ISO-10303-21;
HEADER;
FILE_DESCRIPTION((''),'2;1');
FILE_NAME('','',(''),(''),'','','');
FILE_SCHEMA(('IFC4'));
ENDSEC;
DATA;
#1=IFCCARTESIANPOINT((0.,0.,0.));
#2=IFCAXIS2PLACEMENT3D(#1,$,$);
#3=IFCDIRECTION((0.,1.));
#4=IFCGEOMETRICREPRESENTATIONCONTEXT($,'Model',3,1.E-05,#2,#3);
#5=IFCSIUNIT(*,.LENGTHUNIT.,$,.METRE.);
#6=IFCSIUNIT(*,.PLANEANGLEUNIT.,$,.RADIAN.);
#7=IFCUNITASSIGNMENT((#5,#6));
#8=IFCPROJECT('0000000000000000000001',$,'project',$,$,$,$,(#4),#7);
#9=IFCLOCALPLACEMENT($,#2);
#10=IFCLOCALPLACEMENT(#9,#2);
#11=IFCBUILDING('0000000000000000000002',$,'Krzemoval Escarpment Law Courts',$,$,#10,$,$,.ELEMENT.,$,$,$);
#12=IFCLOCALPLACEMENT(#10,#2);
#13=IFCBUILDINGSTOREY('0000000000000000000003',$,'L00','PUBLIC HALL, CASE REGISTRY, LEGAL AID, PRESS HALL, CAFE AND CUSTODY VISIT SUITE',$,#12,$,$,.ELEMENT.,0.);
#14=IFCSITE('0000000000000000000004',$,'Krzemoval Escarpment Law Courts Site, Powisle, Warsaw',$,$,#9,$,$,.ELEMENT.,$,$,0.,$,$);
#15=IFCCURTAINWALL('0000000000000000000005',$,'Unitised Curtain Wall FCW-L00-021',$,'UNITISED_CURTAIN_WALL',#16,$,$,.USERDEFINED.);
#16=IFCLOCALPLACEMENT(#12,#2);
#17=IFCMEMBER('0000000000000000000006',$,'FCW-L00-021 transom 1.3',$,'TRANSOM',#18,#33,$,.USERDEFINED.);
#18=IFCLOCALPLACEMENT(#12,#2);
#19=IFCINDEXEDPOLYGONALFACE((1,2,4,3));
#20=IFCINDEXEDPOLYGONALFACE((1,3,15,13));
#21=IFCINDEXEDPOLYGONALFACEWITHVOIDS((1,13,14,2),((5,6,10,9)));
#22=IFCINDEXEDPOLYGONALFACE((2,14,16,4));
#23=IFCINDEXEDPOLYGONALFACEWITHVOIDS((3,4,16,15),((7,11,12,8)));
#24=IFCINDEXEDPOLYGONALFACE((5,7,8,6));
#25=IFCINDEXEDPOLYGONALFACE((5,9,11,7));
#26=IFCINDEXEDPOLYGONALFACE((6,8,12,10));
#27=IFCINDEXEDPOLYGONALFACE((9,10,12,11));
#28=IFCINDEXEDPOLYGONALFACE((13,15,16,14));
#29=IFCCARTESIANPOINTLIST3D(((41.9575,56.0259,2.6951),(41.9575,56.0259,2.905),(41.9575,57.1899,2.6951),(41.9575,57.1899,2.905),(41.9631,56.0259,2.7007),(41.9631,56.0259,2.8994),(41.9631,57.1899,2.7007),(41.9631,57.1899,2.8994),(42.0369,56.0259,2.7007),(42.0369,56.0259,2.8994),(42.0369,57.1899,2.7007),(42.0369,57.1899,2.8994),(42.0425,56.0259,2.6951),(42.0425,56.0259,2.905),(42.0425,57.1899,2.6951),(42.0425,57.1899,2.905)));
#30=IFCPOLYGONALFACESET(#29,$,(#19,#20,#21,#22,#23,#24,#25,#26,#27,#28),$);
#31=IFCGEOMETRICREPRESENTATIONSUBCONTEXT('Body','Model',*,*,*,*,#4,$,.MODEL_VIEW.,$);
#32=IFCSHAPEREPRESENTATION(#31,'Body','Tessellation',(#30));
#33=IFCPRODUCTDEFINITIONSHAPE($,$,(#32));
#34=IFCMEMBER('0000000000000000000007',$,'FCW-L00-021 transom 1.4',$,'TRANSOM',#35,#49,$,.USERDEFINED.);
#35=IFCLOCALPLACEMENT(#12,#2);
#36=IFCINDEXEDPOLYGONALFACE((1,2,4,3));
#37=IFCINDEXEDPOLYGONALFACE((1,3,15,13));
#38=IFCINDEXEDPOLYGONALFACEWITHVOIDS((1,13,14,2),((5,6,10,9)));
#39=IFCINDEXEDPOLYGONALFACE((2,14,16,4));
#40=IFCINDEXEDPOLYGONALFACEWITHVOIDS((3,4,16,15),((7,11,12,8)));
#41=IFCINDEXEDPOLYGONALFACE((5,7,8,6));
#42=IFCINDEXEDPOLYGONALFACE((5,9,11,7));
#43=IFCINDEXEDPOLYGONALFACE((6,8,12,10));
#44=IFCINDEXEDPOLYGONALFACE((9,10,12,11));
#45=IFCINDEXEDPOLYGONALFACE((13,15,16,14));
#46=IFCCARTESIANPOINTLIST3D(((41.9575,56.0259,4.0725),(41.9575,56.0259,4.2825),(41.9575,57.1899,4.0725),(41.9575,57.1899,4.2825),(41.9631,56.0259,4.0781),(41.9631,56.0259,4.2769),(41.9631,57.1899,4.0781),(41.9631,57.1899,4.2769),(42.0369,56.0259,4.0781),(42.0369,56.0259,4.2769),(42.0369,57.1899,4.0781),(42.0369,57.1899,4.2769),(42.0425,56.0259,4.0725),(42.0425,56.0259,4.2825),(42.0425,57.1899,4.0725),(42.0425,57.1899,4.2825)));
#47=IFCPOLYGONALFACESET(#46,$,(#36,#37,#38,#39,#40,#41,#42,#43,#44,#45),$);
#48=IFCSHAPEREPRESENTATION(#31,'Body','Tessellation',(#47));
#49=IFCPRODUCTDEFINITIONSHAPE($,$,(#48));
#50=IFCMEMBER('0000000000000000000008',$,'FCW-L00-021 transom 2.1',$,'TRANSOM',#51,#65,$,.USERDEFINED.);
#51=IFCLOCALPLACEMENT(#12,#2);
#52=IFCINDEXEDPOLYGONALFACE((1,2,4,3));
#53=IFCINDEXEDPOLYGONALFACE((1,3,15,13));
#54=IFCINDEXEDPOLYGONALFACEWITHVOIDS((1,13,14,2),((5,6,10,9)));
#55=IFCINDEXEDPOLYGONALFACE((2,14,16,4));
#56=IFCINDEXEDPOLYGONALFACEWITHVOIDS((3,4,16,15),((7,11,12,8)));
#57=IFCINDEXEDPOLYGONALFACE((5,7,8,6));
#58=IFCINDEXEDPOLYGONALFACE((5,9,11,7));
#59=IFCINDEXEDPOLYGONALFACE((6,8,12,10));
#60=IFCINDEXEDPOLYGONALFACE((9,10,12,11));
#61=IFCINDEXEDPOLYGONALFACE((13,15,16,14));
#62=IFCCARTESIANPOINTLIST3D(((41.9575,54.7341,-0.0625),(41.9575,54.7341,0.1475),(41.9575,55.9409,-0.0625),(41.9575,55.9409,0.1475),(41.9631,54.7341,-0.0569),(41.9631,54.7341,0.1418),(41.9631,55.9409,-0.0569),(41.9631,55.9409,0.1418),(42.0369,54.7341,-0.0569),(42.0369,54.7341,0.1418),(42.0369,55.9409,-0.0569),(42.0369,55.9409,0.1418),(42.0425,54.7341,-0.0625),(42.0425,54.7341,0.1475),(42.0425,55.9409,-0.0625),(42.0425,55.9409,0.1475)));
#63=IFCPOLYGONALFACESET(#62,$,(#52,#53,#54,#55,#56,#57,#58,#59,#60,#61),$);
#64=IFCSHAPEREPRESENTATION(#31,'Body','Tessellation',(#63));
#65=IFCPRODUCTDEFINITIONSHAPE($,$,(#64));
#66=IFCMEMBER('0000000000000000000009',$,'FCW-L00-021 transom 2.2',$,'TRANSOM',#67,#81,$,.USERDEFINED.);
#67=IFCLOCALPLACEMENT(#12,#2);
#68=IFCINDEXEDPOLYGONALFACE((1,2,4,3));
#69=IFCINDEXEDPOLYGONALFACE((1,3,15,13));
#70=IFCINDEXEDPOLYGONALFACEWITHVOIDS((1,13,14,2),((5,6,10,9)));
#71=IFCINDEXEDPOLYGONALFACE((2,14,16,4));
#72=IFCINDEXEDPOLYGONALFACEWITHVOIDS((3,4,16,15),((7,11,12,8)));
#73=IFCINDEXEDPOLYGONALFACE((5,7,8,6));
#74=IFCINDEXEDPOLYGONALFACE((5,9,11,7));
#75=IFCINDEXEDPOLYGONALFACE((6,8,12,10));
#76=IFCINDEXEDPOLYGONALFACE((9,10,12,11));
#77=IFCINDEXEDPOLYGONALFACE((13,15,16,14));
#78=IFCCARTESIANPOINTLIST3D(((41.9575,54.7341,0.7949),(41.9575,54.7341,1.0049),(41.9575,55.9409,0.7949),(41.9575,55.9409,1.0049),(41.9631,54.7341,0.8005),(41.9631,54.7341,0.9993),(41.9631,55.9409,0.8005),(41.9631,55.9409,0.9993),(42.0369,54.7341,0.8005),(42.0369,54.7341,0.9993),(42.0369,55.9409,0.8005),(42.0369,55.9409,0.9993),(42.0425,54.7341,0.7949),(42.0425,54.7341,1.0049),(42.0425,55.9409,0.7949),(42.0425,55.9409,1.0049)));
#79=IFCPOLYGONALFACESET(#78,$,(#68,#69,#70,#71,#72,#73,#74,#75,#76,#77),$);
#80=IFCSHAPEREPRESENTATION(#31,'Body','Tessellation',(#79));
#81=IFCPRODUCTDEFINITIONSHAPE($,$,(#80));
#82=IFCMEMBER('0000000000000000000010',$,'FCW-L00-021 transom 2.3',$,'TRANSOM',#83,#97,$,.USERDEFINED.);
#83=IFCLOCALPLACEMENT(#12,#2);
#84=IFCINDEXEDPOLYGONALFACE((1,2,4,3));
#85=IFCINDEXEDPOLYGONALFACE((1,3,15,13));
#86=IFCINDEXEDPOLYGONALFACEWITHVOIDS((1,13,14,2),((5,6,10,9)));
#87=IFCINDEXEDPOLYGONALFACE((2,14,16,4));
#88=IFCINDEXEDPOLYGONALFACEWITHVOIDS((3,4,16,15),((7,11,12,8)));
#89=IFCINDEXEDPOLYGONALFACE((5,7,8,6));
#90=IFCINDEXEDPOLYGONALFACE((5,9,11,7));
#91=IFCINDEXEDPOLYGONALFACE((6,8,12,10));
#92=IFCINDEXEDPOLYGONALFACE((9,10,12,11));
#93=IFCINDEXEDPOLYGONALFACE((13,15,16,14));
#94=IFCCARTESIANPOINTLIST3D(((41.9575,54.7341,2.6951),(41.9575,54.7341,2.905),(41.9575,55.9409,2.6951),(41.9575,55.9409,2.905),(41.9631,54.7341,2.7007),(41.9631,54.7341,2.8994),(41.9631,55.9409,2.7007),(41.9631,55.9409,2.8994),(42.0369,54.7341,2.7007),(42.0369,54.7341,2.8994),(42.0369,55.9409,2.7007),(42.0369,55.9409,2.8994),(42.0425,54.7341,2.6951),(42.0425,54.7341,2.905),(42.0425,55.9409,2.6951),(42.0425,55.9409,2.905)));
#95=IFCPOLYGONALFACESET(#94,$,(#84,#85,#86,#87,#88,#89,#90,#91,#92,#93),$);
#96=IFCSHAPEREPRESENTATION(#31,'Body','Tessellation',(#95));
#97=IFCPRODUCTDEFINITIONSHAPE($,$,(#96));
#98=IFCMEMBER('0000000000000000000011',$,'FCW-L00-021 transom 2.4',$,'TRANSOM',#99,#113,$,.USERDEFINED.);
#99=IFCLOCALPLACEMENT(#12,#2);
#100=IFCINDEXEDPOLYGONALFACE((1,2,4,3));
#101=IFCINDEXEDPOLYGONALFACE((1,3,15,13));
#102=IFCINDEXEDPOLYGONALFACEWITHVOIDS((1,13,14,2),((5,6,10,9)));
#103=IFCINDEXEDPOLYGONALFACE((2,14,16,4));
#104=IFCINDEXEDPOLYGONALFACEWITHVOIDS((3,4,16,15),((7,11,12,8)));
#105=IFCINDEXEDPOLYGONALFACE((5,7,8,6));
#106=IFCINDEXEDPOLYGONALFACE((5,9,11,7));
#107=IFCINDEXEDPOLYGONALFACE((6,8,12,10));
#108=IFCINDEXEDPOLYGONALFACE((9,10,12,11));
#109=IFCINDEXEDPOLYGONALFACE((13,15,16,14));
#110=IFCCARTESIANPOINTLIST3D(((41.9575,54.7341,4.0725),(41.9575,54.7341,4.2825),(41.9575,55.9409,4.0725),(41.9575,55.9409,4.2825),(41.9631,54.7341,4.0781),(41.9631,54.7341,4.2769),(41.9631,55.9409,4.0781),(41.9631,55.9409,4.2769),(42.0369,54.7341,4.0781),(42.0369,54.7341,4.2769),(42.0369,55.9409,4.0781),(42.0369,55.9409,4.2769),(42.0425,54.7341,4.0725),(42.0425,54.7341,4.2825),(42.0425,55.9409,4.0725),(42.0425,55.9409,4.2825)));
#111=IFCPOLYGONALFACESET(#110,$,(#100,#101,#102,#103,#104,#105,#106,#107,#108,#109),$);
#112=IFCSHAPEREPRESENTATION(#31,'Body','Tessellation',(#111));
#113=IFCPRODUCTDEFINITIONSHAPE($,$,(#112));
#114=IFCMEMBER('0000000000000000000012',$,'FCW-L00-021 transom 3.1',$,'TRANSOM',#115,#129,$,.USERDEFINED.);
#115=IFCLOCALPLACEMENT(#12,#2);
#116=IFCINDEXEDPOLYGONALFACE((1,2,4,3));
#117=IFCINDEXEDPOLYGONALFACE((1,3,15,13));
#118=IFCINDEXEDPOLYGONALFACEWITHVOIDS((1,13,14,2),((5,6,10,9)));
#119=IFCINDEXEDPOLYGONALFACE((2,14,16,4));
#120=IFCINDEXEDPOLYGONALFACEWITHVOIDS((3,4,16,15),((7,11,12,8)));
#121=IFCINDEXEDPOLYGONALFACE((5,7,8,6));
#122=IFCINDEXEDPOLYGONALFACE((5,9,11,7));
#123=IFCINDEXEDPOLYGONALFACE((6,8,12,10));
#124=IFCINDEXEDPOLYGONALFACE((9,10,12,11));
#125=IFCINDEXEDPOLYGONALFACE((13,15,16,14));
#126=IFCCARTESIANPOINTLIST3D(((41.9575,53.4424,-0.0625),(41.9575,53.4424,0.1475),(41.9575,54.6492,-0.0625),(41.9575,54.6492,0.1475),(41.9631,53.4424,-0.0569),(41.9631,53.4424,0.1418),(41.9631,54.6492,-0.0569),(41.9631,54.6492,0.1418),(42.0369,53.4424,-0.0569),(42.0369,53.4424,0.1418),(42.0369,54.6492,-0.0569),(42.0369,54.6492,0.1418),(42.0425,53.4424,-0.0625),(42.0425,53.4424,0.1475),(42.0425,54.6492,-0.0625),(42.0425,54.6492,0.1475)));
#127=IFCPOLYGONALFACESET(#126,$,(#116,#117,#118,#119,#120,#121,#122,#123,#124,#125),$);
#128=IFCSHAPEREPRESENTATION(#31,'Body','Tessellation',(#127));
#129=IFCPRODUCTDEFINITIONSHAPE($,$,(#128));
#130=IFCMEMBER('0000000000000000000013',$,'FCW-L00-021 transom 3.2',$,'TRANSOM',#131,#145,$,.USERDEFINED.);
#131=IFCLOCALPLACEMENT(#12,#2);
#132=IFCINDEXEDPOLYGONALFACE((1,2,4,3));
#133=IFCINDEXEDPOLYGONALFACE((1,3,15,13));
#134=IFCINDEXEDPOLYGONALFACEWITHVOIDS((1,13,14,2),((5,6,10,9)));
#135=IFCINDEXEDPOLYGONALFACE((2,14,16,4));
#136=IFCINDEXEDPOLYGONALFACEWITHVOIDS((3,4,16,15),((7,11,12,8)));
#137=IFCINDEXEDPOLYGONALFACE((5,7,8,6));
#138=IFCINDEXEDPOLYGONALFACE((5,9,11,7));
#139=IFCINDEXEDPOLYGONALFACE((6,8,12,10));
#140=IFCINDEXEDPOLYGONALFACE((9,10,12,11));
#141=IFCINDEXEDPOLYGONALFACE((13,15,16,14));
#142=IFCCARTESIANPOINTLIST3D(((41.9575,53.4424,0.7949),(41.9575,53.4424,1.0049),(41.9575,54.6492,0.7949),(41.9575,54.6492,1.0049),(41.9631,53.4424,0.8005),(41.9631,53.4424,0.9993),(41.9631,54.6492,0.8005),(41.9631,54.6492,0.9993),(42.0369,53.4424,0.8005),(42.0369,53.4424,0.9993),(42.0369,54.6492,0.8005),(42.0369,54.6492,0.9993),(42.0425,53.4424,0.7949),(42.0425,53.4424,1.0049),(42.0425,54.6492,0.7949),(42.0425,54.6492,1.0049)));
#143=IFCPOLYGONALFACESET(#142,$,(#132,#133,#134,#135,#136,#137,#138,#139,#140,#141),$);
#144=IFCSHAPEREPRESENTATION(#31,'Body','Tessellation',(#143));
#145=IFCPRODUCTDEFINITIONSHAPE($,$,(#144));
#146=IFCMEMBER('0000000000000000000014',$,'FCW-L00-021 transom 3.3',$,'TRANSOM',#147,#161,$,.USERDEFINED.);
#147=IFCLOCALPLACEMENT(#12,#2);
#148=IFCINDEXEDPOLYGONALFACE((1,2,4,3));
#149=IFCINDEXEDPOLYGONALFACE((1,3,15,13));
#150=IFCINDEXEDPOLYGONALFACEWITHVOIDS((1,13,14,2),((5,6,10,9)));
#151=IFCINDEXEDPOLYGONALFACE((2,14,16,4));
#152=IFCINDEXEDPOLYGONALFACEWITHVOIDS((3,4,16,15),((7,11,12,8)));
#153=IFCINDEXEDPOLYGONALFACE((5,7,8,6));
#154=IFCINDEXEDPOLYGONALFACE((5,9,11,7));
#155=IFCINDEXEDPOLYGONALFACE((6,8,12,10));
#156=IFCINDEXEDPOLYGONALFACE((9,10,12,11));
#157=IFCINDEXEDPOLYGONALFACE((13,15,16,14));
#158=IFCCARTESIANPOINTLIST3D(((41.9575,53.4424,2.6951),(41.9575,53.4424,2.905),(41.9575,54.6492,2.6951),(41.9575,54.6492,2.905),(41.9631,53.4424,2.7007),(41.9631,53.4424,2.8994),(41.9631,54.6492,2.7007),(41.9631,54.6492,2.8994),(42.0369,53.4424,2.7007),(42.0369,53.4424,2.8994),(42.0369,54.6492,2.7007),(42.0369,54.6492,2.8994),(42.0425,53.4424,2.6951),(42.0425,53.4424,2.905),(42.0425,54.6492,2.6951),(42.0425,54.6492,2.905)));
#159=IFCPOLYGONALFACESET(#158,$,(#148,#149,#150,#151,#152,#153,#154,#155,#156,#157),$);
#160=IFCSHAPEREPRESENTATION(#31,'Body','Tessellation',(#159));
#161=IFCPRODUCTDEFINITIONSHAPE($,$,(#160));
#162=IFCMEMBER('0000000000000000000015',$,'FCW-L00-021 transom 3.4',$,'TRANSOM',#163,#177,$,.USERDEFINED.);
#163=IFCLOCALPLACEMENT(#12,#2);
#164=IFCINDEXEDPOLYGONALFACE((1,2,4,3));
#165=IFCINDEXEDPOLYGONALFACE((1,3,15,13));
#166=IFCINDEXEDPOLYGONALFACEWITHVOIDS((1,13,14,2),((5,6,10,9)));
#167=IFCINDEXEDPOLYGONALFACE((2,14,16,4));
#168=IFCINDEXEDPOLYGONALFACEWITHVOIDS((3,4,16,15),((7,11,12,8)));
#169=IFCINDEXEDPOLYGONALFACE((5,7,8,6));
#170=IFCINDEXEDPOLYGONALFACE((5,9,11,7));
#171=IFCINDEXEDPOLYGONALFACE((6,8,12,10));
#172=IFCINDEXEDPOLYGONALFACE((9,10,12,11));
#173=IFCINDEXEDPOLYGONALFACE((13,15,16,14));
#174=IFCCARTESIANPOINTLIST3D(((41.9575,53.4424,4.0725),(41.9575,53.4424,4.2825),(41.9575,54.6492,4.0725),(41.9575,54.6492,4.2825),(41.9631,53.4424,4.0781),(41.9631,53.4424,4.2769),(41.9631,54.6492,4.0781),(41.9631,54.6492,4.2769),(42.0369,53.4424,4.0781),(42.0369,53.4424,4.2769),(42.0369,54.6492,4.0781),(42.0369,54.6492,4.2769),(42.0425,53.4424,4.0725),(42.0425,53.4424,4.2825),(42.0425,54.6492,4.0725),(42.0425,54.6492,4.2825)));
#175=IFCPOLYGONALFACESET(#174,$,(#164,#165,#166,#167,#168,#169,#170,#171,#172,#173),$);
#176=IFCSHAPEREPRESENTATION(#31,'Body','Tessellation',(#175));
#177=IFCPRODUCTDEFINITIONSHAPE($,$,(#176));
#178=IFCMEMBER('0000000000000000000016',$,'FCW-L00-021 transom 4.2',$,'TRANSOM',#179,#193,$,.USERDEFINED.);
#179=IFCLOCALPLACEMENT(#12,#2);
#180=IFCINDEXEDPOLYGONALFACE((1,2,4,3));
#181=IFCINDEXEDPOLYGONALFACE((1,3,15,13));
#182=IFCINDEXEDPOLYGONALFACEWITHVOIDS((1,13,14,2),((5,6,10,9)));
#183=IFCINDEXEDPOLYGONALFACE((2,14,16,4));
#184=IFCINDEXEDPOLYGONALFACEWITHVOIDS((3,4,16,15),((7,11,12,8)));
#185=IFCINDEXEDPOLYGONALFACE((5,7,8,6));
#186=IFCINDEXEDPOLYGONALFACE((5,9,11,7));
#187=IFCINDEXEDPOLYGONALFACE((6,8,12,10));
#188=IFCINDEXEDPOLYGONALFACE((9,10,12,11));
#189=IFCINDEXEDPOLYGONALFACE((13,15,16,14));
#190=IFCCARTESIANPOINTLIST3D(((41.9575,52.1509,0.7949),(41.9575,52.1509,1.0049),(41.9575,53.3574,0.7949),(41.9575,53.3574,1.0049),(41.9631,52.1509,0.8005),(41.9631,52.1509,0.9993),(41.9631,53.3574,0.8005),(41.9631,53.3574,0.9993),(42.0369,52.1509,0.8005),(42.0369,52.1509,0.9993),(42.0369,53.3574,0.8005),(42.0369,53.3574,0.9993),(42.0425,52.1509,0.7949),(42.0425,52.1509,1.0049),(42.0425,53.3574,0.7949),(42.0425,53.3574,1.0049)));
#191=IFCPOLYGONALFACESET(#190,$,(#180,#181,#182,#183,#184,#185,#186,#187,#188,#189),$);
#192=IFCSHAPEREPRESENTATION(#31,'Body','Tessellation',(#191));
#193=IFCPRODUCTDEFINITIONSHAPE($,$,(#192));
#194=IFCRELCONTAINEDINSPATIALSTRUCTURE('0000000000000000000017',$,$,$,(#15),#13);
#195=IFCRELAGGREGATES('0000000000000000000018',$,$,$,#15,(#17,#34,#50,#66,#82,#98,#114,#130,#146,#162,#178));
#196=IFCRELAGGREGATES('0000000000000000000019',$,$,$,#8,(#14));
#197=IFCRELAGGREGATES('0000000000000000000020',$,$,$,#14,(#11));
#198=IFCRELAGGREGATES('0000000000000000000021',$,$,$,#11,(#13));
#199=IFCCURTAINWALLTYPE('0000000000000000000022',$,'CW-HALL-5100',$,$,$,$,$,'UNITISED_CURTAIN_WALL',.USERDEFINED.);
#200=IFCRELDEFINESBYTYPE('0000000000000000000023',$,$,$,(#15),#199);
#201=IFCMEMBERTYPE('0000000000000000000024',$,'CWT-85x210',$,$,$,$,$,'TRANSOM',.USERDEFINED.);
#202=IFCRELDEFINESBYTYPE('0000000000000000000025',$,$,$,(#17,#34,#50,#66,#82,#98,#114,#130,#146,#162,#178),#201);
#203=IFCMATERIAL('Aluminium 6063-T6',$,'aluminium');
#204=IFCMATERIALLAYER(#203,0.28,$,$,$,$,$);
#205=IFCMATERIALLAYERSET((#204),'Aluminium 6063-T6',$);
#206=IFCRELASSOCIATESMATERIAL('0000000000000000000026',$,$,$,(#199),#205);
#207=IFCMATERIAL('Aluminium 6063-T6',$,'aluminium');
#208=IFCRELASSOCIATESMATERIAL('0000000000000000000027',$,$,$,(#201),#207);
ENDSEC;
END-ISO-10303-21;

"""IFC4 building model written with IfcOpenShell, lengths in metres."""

from ifc_helpers import new_model, si_unit, direction, frame, origin, origin_2d, place, context, subcontext, project, spatial, hollow_rectangle, extrude, material, layer, layer_set, material_profile, profile_set, type_object, element, aggregate, save


model = new_model("IFC4")

# Units and contexts
model_context = context("Model", 3, precision=1e-05, world=origin(), true_north=direction((0.0, 1.0)))
body_context = subcontext(model_context, "Body", "Model", "MODEL_VIEW")
ifc_project = project(units=[si_unit("LENGTHUNIT", "METRE"), si_unit("PLANEANGLEUNIT", "RADIAN")], contexts=[model_context])

# Site, building, storey
site_placement = place(None, origin())
site = spatial("IfcSite", under=ifc_project, at=site_placement, Name="Krzemoval Escarpment Law Courts Site, Powisle, Warsaw", CompositionType="ELEMENT", RefElevation=0.0)
building_placement = place(site_placement, origin())
building = spatial("IfcBuilding", under=site, at=building_placement, Name="Krzemoval Escarpment Law Courts", CompositionType="ELEMENT")
storey_placement = place(building_placement, origin())
storey = spatial("IfcBuildingStorey", under=building, at=storey_placement, Name="L00", Description="PUBLIC HALL, CASE REGISTRY, LEGAL AID, PRESS HALL, CAFE AND CUSTODY VISIT SUITE", CompositionType="ELEMENT", Elevation=0.0)

# Shared definitions
ifc_material_1 = material(Name="Aluminium 6063-T6", Category="aluminium")
ifc_layer_1 = layer(ifc_material_1, 0.28)
ifc_layer_set_1 = layer_set([ifc_layer_1], Name="Aluminium 6063-T6")
curtain_wall_type = type_object("IfcCurtainWallType", Name="CW-HALL-5100", ElementType="UNITISED_CURTAIN_WALL", PredefinedType="USERDEFINED", material=ifc_layer_set_1)

# Curtain wall, members
curtain_wall_1_placement = place(storey_placement, origin())
curtain_wall_1 = element("IfcCurtainWall", 1, at=curtain_wall_1_placement, inside=storey, type_object=curtain_wall_type, Name="Unitised Curtain Wall FCW-L00-021", ObjectType="UNITISED_CURTAIN_WALL", PredefinedType="USERDEFINED")
ifc_material_2 = material(Name="Aluminium 6063-T6", Category="aluminium")
ifc_material_profile_1 = material_profile(ifc_material_2, hollow_rectangle(XDim=0.085, YDim=0.21, WallThickness=0.0056, at=origin_2d()), Name="ALU T85x210")
ifc_profile_set_1 = profile_set([ifc_material_profile_1], Name="Aluminium 6063-T6")
member_type_1 = type_object("IfcMemberType", Name="CWT-85x210", ElementType="TRANSOM", PredefinedType="USERDEFINED", material=ifc_profile_set_1)
member_1_placement = place(storey_placement, frame((42.0, 57.1899, 2.8), z_axis=(0.0, -1.0, 0.0), x_axis=(1.0, 0.0, 0.0)))
member_1 = element("IfcMember", 2, at=member_1_placement, type_object=member_type_1, Name="FCW-L00-021 transom 1.3", ObjectType="TRANSOM", PredefinedType="USERDEFINED", context=body_context, shape_type="SweptSolid", body=[
    extrude(hollow_rectangle(XDim=0.085, YDim=0.21, WallThickness=0.0056, at=origin_2d()), origin(), (0.0, 0.0, 1.0), 1.1641),
])
member_2_placement = place(storey_placement, frame((42.0, 57.1899, 4.1775), z_axis=(0.0, -1.0, 0.0), x_axis=(1.0, 0.0, 0.0)))
member_2 = element("IfcMember", 3, at=member_2_placement, type_object=member_type_1, Name="FCW-L00-021 transom 1.4", ObjectType="TRANSOM", PredefinedType="USERDEFINED", context=body_context, shape_type="SweptSolid", body=[
    extrude(hollow_rectangle(XDim=0.085, YDim=0.21, WallThickness=0.0056, at=origin_2d()), origin(), (0.0, 0.0, 1.0), 1.1641),
])
member_3_placement = place(storey_placement, frame((42.0, 55.9409, 0.0425), z_axis=(0.0, -1.0, 0.0), x_axis=(1.0, 0.0, 0.0)))
member_3 = element("IfcMember", 4, at=member_3_placement, type_object=member_type_1, Name="FCW-L00-021 transom 2.1", ObjectType="TRANSOM", PredefinedType="USERDEFINED", context=body_context, shape_type="SweptSolid", body=[
    extrude(hollow_rectangle(XDim=0.085, YDim=0.21, WallThickness=0.0056, at=origin_2d()), origin(), (0.0, 0.0, 1.0), 1.2068),
])
member_4_placement = place(storey_placement, frame((42.0, 55.9409, 0.8999), z_axis=(0.0, -1.0, 0.0), x_axis=(1.0, 0.0, 0.0)))
member_4 = element("IfcMember", 5, at=member_4_placement, type_object=member_type_1, Name="FCW-L00-021 transom 2.2", ObjectType="TRANSOM", PredefinedType="USERDEFINED", context=body_context, shape_type="SweptSolid", body=[
    extrude(hollow_rectangle(XDim=0.085, YDim=0.21, WallThickness=0.0056, at=origin_2d()), origin(), (0.0, 0.0, 1.0), 1.2068),
])
member_5_placement = place(storey_placement, frame((42.0, 55.9409, 2.8), z_axis=(0.0, -1.0, 0.0), x_axis=(1.0, 0.0, 0.0)))
member_5 = element("IfcMember", 6, at=member_5_placement, type_object=member_type_1, Name="FCW-L00-021 transom 2.3", ObjectType="TRANSOM", PredefinedType="USERDEFINED", context=body_context, shape_type="SweptSolid", body=[
    extrude(hollow_rectangle(XDim=0.085, YDim=0.21, WallThickness=0.0056, at=origin_2d()), origin(), (0.0, 0.0, 1.0), 1.2068),
])
member_6_placement = place(storey_placement, frame((42.0, 55.9409, 4.1775), z_axis=(0.0, -1.0, 0.0), x_axis=(1.0, 0.0, 0.0)))
member_6 = element("IfcMember", 7, at=member_6_placement, type_object=member_type_1, Name="FCW-L00-021 transom 2.4", ObjectType="TRANSOM", PredefinedType="USERDEFINED", context=body_context, shape_type="SweptSolid", body=[
    extrude(hollow_rectangle(XDim=0.085, YDim=0.21, WallThickness=0.0056, at=origin_2d()), origin(), (0.0, 0.0, 1.0), 1.2068),
])
member_7_placement = place(storey_placement, frame((42.0, 54.6492, 0.0425), z_axis=(0.0, -1.0, 0.0), x_axis=(1.0, 0.0, 0.0)))
member_7 = element("IfcMember", 8, at=member_7_placement, type_object=member_type_1, Name="FCW-L00-021 transom 3.1", ObjectType="TRANSOM", PredefinedType="USERDEFINED", context=body_context, shape_type="SweptSolid", body=[
    extrude(hollow_rectangle(XDim=0.085, YDim=0.21, WallThickness=0.0056, at=origin_2d()), origin(), (0.0, 0.0, 1.0), 1.2068),
])
member_8_placement = place(storey_placement, frame((42.0, 54.6492, 0.8999), z_axis=(0.0, -1.0, 0.0), x_axis=(1.0, 0.0, 0.0)))
member_8 = element("IfcMember", 9, at=member_8_placement, type_object=member_type_1, Name="FCW-L00-021 transom 3.2", ObjectType="TRANSOM", PredefinedType="USERDEFINED", context=body_context, shape_type="SweptSolid", body=[
    extrude(hollow_rectangle(XDim=0.085, YDim=0.21, WallThickness=0.0056, at=origin_2d()), origin(), (0.0, 0.0, 1.0), 1.2068),
])
member_9_placement = place(storey_placement, frame((42.0, 54.6492, 2.8), z_axis=(0.0, -1.0, 0.0), x_axis=(1.0, 0.0, 0.0)))
member_9 = element("IfcMember", 10, at=member_9_placement, type_object=member_type_1, Name="FCW-L00-021 transom 3.3", ObjectType="TRANSOM", PredefinedType="USERDEFINED", context=body_context, shape_type="SweptSolid", body=[
    extrude(hollow_rectangle(XDim=0.085, YDim=0.21, WallThickness=0.0056, at=origin_2d()), origin(), (0.0, 0.0, 1.0), 1.2068),
])
member_10_placement = place(storey_placement, frame((42.0, 54.6492, 4.1775), z_axis=(0.0, -1.0, 0.0), x_axis=(1.0, 0.0, 0.0)))
member_10 = element("IfcMember", 11, at=member_10_placement, type_object=member_type_1, Name="FCW-L00-021 transom 3.4", ObjectType="TRANSOM", PredefinedType="USERDEFINED", context=body_context, shape_type="SweptSolid", body=[
    extrude(hollow_rectangle(XDim=0.085, YDim=0.21, WallThickness=0.0056, at=origin_2d()), origin(), (0.0, 0.0, 1.0), 1.2068),
])
member_11_placement = place(storey_placement, frame((42.0, 53.3574, 0.8999), z_axis=(0.0, -1.0, 0.0), x_axis=(1.0, 0.0, 0.0)))
member_11 = element("IfcMember", 12, at=member_11_placement, type_object=member_type_1, Name="FCW-L00-021 transom 4.2", ObjectType="TRANSOM", PredefinedType="USERDEFINED", context=body_context, shape_type="SweptSolid", body=[
    extrude(hollow_rectangle(XDim=0.085, YDim=0.21, WallThickness=0.0056, at=origin_2d()), origin(), (0.0, 0.0, 1.0), 1.2065),
])

aggregate(curtain_wall_1, [member_1, member_2, member_3, member_4, member_5, member_6, member_7, member_8, member_9, member_10, member_11])

save(model, "model.ifc")
